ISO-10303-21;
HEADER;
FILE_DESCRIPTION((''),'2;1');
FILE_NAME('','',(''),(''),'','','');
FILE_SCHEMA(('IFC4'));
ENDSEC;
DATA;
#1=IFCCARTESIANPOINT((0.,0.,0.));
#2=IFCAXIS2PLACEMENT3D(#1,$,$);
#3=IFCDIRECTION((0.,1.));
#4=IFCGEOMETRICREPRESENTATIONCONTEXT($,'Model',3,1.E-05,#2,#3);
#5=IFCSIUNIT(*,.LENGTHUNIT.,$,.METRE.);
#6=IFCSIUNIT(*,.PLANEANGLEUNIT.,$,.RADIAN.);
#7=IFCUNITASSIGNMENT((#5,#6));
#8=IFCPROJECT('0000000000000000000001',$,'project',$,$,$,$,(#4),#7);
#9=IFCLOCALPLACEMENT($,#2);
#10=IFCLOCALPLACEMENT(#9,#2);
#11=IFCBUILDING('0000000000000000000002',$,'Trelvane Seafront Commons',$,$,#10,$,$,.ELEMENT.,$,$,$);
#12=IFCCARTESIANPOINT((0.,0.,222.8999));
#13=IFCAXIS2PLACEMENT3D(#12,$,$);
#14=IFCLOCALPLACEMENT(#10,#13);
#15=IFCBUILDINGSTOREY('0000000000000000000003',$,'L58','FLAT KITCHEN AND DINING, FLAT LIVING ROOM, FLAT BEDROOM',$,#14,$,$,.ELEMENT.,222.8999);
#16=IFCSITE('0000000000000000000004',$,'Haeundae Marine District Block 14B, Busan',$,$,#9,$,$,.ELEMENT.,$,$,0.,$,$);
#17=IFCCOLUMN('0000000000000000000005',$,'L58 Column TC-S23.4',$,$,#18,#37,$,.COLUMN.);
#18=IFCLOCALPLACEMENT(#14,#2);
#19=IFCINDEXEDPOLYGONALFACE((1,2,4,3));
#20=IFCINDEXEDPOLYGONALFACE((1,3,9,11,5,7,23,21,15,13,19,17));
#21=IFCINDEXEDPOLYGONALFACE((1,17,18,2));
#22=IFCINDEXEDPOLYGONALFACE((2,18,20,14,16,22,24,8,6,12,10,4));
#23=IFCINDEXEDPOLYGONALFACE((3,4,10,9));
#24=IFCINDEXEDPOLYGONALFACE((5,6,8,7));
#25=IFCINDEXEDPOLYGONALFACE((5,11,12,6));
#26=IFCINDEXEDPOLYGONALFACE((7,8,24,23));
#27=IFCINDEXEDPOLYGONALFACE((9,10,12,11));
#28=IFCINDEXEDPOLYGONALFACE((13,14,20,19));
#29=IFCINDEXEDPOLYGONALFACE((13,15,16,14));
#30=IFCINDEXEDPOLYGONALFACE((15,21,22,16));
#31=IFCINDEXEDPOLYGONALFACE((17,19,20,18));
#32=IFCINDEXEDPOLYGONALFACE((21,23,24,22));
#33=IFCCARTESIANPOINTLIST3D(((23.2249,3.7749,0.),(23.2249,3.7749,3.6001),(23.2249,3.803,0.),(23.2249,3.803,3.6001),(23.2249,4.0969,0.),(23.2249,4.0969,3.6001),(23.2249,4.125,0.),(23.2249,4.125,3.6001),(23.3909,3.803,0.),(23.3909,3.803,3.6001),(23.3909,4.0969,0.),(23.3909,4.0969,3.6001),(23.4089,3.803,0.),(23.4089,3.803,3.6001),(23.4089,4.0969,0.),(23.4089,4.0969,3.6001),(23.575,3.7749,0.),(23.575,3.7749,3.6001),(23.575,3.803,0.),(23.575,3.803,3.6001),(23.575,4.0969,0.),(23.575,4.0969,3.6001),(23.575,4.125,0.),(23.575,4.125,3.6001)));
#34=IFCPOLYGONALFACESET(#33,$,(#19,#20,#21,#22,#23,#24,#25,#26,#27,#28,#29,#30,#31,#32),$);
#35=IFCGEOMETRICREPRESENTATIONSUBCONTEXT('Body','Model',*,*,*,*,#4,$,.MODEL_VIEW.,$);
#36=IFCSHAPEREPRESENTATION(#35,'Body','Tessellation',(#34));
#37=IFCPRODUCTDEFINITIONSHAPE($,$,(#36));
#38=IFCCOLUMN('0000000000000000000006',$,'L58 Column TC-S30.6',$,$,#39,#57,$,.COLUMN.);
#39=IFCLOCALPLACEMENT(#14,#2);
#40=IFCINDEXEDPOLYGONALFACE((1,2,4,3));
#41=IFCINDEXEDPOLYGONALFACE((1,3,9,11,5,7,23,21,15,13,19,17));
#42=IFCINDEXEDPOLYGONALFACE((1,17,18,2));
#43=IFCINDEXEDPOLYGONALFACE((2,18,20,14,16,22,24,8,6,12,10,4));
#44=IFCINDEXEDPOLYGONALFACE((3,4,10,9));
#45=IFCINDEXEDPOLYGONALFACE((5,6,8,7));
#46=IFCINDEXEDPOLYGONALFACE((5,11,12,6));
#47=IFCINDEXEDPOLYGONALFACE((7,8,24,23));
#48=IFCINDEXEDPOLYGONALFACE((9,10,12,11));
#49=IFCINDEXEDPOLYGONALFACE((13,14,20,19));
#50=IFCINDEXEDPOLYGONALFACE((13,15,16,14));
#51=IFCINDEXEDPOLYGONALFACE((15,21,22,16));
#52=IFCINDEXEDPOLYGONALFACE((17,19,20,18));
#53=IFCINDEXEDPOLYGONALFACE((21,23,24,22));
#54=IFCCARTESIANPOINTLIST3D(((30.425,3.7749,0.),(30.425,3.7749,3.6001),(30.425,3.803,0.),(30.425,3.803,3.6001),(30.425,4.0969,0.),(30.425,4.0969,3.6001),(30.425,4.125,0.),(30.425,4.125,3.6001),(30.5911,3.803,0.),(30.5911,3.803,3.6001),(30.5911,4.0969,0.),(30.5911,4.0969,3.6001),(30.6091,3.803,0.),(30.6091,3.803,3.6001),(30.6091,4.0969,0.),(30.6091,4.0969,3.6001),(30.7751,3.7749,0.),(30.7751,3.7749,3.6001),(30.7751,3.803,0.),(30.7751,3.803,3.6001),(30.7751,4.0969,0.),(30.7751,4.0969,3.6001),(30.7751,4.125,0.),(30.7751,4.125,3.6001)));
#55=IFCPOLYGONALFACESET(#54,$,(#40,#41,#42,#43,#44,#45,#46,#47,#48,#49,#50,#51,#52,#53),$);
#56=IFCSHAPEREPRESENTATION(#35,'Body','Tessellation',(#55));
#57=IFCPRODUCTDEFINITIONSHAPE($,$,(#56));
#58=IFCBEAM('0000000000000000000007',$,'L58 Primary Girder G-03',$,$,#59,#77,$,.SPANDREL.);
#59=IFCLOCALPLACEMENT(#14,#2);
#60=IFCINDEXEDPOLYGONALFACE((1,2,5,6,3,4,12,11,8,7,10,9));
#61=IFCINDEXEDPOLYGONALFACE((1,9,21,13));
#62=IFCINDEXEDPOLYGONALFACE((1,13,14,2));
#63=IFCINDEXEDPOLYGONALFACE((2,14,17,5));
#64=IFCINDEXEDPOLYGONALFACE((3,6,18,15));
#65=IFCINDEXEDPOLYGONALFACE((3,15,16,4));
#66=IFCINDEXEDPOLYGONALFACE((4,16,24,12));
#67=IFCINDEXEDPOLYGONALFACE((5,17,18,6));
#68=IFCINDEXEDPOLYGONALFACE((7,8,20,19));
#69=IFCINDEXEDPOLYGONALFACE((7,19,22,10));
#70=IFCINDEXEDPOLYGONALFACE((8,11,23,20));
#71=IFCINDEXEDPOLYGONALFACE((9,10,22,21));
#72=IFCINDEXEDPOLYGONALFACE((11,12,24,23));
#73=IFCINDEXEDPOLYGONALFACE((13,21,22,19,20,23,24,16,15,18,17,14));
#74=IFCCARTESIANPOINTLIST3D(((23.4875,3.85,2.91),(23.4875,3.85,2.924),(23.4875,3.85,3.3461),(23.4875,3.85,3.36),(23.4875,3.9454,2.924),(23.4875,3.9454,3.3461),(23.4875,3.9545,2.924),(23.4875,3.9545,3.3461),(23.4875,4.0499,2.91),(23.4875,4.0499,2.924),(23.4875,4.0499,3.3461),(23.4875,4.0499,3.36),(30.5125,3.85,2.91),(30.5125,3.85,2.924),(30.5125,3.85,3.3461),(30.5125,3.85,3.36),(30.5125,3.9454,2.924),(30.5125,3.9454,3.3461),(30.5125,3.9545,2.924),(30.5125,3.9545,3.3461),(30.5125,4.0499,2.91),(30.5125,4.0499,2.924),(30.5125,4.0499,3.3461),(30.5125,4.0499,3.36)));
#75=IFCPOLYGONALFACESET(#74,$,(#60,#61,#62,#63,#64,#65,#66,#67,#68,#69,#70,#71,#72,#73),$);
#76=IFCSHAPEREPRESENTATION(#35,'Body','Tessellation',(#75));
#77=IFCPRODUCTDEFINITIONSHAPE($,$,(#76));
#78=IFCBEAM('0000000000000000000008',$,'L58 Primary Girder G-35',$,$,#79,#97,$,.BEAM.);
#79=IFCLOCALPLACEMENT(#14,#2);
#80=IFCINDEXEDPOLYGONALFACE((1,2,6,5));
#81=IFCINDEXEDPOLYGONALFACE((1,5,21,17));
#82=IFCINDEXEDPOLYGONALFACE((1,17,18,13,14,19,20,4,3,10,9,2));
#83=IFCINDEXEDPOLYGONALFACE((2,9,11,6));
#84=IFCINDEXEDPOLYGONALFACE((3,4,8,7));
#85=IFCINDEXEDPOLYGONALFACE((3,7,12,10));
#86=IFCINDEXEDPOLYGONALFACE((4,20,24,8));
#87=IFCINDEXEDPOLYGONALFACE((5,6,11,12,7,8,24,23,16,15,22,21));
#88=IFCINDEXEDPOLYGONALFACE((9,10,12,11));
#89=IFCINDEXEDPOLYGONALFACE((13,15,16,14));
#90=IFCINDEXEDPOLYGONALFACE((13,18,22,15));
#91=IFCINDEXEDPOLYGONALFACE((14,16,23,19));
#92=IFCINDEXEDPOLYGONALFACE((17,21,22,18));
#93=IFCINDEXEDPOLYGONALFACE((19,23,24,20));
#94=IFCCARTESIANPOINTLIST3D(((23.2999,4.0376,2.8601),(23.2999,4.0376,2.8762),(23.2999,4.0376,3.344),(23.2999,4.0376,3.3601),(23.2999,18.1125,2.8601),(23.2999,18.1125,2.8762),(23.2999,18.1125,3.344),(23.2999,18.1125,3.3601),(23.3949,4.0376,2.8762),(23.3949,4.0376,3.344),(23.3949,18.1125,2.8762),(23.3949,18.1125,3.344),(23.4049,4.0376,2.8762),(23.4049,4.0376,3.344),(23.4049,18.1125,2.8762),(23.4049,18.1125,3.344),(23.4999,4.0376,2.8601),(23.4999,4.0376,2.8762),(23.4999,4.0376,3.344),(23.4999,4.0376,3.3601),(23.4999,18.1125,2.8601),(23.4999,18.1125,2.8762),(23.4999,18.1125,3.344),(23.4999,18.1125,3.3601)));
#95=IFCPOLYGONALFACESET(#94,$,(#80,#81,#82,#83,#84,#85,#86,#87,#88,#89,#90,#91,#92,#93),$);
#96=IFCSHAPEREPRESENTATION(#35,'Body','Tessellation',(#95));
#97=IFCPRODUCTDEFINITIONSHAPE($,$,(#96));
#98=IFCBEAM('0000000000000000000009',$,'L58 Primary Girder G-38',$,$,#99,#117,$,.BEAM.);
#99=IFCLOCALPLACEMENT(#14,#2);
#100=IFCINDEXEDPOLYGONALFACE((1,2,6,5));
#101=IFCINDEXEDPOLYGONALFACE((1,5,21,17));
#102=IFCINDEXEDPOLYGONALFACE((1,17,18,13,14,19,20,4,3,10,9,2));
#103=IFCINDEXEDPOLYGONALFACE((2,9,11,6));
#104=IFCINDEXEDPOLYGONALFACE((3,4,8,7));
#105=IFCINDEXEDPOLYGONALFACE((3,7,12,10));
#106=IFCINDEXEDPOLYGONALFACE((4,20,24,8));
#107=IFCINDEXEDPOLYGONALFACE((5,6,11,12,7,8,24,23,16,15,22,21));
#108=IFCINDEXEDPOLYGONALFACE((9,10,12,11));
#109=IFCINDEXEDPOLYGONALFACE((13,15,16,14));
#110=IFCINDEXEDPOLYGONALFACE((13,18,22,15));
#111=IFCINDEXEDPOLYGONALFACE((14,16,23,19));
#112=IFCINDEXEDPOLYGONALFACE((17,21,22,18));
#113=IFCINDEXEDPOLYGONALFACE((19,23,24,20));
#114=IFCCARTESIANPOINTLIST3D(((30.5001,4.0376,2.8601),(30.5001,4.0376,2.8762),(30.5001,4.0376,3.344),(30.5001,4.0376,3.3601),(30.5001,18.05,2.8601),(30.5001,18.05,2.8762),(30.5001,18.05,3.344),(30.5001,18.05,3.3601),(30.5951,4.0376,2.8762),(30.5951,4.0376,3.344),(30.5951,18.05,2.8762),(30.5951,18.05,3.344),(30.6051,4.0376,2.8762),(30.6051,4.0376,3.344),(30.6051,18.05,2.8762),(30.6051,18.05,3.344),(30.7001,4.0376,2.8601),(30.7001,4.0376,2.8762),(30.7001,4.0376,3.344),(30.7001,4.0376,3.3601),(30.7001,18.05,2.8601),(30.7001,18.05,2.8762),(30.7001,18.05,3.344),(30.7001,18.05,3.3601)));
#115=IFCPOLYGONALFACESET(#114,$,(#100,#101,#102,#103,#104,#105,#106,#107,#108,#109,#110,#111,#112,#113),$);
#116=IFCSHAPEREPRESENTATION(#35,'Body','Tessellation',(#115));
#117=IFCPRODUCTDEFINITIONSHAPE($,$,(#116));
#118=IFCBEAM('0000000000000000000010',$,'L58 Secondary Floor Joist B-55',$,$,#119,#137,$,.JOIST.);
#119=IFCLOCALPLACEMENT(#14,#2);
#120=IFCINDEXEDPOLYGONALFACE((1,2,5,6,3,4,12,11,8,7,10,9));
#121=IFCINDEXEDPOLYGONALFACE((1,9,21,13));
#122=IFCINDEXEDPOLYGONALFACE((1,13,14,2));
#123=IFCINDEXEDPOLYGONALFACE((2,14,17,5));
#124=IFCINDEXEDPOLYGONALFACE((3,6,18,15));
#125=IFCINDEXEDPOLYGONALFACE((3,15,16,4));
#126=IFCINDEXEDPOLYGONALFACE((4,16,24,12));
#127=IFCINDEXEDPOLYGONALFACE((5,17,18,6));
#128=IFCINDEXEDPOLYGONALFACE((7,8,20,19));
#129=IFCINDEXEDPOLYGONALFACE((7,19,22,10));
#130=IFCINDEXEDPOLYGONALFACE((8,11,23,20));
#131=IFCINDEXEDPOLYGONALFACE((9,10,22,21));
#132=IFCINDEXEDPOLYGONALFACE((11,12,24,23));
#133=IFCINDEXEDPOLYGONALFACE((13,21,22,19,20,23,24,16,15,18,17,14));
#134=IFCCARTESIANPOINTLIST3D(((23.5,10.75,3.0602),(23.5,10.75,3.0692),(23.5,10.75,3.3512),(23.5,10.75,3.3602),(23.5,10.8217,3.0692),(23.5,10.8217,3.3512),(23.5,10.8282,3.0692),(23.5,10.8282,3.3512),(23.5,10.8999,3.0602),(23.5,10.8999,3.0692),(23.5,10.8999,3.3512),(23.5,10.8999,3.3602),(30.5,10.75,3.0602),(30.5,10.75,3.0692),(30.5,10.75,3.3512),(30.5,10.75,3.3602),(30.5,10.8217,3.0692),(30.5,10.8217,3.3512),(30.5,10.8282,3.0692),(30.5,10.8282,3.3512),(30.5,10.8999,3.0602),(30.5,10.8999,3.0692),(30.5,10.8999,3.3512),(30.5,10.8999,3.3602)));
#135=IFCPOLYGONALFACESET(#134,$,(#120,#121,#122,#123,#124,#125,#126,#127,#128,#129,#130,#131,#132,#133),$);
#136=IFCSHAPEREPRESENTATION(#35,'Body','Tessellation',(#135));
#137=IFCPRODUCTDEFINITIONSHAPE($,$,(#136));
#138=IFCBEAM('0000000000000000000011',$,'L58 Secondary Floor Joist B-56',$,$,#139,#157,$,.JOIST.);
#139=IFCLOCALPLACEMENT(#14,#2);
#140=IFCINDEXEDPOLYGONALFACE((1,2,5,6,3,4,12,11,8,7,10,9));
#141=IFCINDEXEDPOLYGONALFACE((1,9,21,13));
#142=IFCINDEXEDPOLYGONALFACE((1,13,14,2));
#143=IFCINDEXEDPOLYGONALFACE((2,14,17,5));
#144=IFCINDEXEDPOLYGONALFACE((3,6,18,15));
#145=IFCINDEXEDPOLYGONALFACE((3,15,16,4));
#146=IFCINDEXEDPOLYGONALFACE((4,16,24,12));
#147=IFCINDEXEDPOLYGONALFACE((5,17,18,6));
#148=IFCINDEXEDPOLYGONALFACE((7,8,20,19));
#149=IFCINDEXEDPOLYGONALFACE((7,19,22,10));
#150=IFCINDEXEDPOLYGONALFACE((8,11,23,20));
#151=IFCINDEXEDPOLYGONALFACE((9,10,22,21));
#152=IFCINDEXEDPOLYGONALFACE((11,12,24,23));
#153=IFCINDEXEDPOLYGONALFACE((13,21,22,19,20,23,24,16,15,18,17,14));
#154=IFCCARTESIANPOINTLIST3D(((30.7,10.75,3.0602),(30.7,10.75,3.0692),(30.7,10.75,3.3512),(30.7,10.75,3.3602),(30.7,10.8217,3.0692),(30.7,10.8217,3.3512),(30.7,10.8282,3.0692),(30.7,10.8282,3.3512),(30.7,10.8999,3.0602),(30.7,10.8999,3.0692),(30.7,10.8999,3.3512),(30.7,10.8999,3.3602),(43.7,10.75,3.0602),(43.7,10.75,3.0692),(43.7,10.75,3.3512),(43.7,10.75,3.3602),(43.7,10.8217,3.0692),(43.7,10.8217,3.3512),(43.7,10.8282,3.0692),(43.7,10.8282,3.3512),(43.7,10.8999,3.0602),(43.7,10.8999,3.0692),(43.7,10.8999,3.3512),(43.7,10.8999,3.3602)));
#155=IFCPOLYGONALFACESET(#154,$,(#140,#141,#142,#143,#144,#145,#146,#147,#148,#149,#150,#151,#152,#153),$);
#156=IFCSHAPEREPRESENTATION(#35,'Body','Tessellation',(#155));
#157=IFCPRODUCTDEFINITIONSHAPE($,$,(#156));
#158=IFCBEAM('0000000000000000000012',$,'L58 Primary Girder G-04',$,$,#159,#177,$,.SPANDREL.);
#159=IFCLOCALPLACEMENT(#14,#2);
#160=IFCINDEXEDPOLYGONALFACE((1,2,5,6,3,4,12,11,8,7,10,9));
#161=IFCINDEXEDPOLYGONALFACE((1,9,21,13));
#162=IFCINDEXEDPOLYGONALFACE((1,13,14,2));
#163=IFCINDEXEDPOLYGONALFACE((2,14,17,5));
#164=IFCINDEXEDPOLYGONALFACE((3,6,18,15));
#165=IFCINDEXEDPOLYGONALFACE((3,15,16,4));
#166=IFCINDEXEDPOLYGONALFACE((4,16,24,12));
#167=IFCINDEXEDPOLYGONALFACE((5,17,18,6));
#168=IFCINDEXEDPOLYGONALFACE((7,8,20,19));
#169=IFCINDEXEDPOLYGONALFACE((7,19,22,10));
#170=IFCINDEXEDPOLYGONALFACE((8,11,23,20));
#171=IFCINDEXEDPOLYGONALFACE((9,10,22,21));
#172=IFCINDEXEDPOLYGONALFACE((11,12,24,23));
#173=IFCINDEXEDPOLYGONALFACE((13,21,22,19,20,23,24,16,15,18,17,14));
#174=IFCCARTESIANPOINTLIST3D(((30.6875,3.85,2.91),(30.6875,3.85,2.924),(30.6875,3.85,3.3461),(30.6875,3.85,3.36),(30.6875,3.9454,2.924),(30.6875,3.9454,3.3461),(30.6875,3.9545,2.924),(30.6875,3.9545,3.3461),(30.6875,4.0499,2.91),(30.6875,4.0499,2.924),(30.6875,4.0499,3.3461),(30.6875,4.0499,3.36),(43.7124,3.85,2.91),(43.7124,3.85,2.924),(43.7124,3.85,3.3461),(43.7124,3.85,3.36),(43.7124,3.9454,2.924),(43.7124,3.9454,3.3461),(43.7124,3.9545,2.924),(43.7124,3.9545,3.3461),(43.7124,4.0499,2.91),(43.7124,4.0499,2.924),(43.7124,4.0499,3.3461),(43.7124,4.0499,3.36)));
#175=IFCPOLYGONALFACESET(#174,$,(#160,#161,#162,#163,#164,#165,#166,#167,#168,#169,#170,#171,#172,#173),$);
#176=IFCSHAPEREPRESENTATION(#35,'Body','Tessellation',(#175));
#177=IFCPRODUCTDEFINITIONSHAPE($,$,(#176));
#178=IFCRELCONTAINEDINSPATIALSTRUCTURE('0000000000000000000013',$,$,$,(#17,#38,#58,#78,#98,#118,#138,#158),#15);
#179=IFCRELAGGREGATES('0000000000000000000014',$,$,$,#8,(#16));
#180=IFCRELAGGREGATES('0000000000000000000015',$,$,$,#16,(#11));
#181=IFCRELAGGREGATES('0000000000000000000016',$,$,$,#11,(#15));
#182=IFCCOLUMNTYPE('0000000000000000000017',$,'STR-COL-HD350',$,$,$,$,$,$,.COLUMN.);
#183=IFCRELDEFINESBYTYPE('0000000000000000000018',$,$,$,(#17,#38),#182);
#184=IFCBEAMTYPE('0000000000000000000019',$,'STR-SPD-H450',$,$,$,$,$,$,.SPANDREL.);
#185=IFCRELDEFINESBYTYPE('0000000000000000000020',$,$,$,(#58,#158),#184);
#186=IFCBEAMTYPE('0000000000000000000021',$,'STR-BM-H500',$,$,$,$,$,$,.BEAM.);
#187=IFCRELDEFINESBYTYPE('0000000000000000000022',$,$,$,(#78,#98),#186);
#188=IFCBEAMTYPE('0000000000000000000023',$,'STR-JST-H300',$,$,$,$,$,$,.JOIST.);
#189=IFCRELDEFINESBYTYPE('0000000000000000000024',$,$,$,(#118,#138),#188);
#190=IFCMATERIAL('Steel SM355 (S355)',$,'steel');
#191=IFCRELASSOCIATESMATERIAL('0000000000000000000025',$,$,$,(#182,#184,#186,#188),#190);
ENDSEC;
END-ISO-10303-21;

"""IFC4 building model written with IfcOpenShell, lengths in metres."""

from ifc_helpers import new_model, si_unit, direction, frame, origin, origin_2d, place, context, subcontext, project, spatial, i_section, extrude, source, transform, mapped, material, material_profile, profile_set, type_object, element, save


model = new_model("IFC4")

# Units and contexts
model_context = context("Model", 3, precision=1e-05, world=origin(), true_north=direction((0.0, 1.0)))
body_context = subcontext(model_context, "Body", "Model", "MODEL_VIEW")
ifc_project = project(units=[si_unit("LENGTHUNIT", "METRE"), si_unit("PLANEANGLEUNIT", "RADIAN")], contexts=[model_context])

# Site, building, storey
site_placement = place(None, origin())
site = spatial("IfcSite", under=ifc_project, at=site_placement, Name="Haeundae Marine District Block 14B, Busan", CompositionType="ELEMENT", RefElevation=0.0)
building_placement = place(site_placement, origin())
building = spatial("IfcBuilding", under=site, at=building_placement, Name="Trelvane Seafront Commons", CompositionType="ELEMENT")
storey_placement = place(building_placement, frame((0.0, 0.0, 222.8999)))
storey = spatial("IfcBuildingStorey", under=building, at=storey_placement, Name="L58", Description="FLAT KITCHEN AND DINING, FLAT LIVING ROOM, FLAT BEDROOM", CompositionType="ELEMENT", Elevation=222.8999)

# Columns
ifc_material_1 = material(Name="Steel SM355 (S355)", Category="steel")
ifc_material_profile_1 = material_profile(ifc_material_1, i_section(OverallWidth=0.3501, OverallDepth=0.3501, WebThickness=0.0181, FlangeThickness=0.0281, at=origin_2d()), Name="HD-350x350x18x28")
ifc_profile_set_1 = profile_set([ifc_material_profile_1], Name="Steel SM355 (S355)")
column_type = type_object("IfcColumnType", Name="STR-COL-HD350", PredefinedType="COLUMN", material=ifc_profile_set_1)
shared_shape_1 = source(origin(), body_context, "Body", "SweptSolid", [
    extrude(i_section(OverallWidth=0.3501, OverallDepth=0.3501, WebThickness=0.0181, FlangeThickness=0.0281, at=origin_2d()), origin(), (0.0, 0.0, 1.0), 3.6001),
])
for number, where, z_axis, x_axis, name in (
    (1, (23.3999, 3.95, 0.0), (0.0, 0.0, 1.0), (1.0, 0.0, 0.0), "L58 Column TC-S23.4"),
    (2, (30.6001, 3.95, 0.0), (0.0, 0.0, 1.0), (1.0, 0.0, 0.0), "L58 Column TC-S30.6"),
):
    element("IfcColumn", number, at=place(storey_placement, frame(where, z_axis=z_axis, x_axis=x_axis)), inside=storey, type_object=column_type, Name=name, PredefinedType="COLUMN", context=body_context, shape_type="MappedRepresentation", body=[
        mapped(shared_shape_1, transform((0.0, 0.0, 0.0), x_axis=(1.0, 0.0, 0.0), y_axis=(0.0, 1.0, 0.0), z_axis=(0.0, 0.0, 1.0), scale=1.0)),
    ])

# Beams
ifc_material_profile_2 = material_profile(ifc_material_1, i_section(OverallWidth=0.2, OverallDepth=0.45, WebThickness=0.009, FlangeThickness=0.0139, at=origin_2d()), Name="H-450x200x9x14")
ifc_profile_set_2 = profile_set([ifc_material_profile_2], Name="Steel SM355 (S355)")
beam_type_1 = type_object("IfcBeamType", Name="STR-SPD-H450", PredefinedType="SPANDREL", material=ifc_profile_set_2)
shared_shape_2 = source(origin(), body_context, "Body", "SweptSolid", [
    extrude(i_section(OverallWidth=0.2, OverallDepth=0.45, WebThickness=0.009, FlangeThickness=0.0139, at=origin_2d()), origin(), (0.0, 0.0, 1.0), 7.0249),
])
beam_1_placement = place(storey_placement, frame((23.4875, 3.95, 3.135), z_axis=(1.0, 0.0, 0.0), x_axis=(0.0, 1.0, 0.0)))
element("IfcBeam", 3, at=beam_1_placement, inside=storey, type_object=beam_type_1, Name="L58 Primary Girder G-03", PredefinedType="SPANDREL", context=body_context, shape_type="MappedRepresentation", body=[
    mapped(shared_shape_2, transform((0.0, 0.0, 0.0), x_axis=(1.0, 0.0, 0.0), y_axis=(0.0, 1.0, 0.0), z_axis=(0.0, 0.0, 1.0), scale=1.0)),
])
ifc_material_profile_3 = material_profile(ifc_material_1, i_section(OverallWidth=0.2, OverallDepth=0.5, WebThickness=0.01, FlangeThickness=0.0161, at=origin_2d()), Name="H-500x200x10x16")
ifc_profile_set_3 = profile_set([ifc_material_profile_3], Name="Steel SM355 (S355)")
beam_type_2 = type_object("IfcBeamType", Name="STR-BM-H500", PredefinedType="BEAM", material=ifc_profile_set_3)
shared_shape_3 = source(origin(), body_context, "Body", "SweptSolid", [
    extrude(i_section(OverallWidth=0.2, OverallDepth=0.5, WebThickness=0.01, FlangeThickness=0.0161, at=origin_2d()), origin(), (0.0, 0.0, 1.0), 14.075),
])
beam_2_placement = place(storey_placement, frame((23.3999, 4.0376, 3.1101), z_axis=(0.0, 1.0, 0.0), x_axis=(-1.0, 0.0, 0.0)))
element("IfcBeam", 4, at=beam_2_placement, inside=storey, type_object=beam_type_2, Name="L58 Primary Girder G-35", PredefinedType="BEAM", context=body_context, shape_type="MappedRepresentation", body=[
    mapped(shared_shape_3, transform((0.0, 0.0, 0.0), x_axis=(1.0, 0.0, 0.0), y_axis=(0.0, 1.0, 0.0), z_axis=(0.0, 0.0, 1.0), scale=1.0)),
])
shared_shape_4 = source(origin(), body_context, "Body", "SweptSolid", [
    extrude(i_section(OverallWidth=0.2, OverallDepth=0.5, WebThickness=0.01, FlangeThickness=0.0161, at=origin_2d()), origin(), (0.0, 0.0, 1.0), 14.0125),
])
beam_3_placement = place(storey_placement, frame((30.6001, 4.0376, 3.1101), z_axis=(0.0, 1.0, 0.0), x_axis=(-1.0, 0.0, 0.0)))
element("IfcBeam", 5, at=beam_3_placement, inside=storey, type_object=beam_type_2, Name="L58 Primary Girder G-38", PredefinedType="BEAM", context=body_context, shape_type="MappedRepresentation", body=[
    mapped(shared_shape_4, transform((0.0, 0.0, 0.0), x_axis=(1.0, 0.0, 0.0), y_axis=(0.0, 1.0, 0.0), z_axis=(0.0, 0.0, 1.0), scale=1.0)),
])
ifc_material_profile_4 = material_profile(ifc_material_1, i_section(OverallWidth=0.1499, OverallDepth=0.3, WebThickness=0.0066, FlangeThickness=0.009, at=origin_2d()), Name="H-300x150x6.5x9")
ifc_profile_set_4 = profile_set([ifc_material_profile_4], Name="Steel SM355 (S355)")
beam_type_3 = type_object("IfcBeamType", Name="STR-JST-H300", PredefinedType="JOIST", material=ifc_profile_set_4)
shared_shape_5 = source(origin(), body_context, "Body", "SweptSolid", [
    extrude(i_section(OverallWidth=0.1499, OverallDepth=0.3, WebThickness=0.0066, FlangeThickness=0.009, at=origin_2d()), origin(), (0.0, 0.0, 1.0), 7.0),
])
beam_4_placement = place(storey_placement, frame((23.5, 10.825, 3.2102), z_axis=(1.0, 0.0, 0.0), x_axis=(0.0, 1.0, 0.0)))
element("IfcBeam", 6, at=beam_4_placement, inside=storey, type_object=beam_type_3, Name="L58 Secondary Floor Joist B-55", PredefinedType="JOIST", context=body_context, shape_type="MappedRepresentation", body=[
    mapped(shared_shape_5, transform((0.0, 0.0, 0.0), x_axis=(1.0, 0.0, 0.0), y_axis=(0.0, 1.0, 0.0), z_axis=(0.0, 0.0, 1.0), scale=1.0)),
])
shared_shape_6 = source(origin(), body_context, "Body", "SweptSolid", [
    extrude(i_section(OverallWidth=0.1499, OverallDepth=0.3, WebThickness=0.0066, FlangeThickness=0.009, at=origin_2d()), origin(), (0.0, 0.0, 1.0), 13.0),
])
beam_5_placement = place(storey_placement, frame((30.7, 10.825, 3.2102), z_axis=(1.0, 0.0, 0.0), x_axis=(0.0, 1.0, 0.0)))
element("IfcBeam", 7, at=beam_5_placement, inside=storey, type_object=beam_type_3, Name="L58 Secondary Floor Joist B-56", PredefinedType="JOIST", context=body_context, shape_type="MappedRepresentation", body=[
    mapped(shared_shape_6, transform((0.0, 0.0, 0.0), x_axis=(1.0, 0.0, 0.0), y_axis=(0.0, 1.0, 0.0), z_axis=(0.0, 0.0, 1.0), scale=1.0)),
])
shared_shape_7 = source(origin(), body_context, "Body", "SweptSolid", [
    extrude(i_section(OverallWidth=0.2, OverallDepth=0.45, WebThickness=0.009, FlangeThickness=0.0139, at=origin_2d()), origin(), (0.0, 0.0, 1.0), 13.0249),
])
beam_6_placement = place(storey_placement, frame((30.6875, 3.95, 3.135), z_axis=(1.0, 0.0, 0.0), x_axis=(0.0, 1.0, 0.0)))
element("IfcBeam", 8, at=beam_6_placement, inside=storey, type_object=beam_type_1, Name="L58 Primary Girder G-04", PredefinedType="SPANDREL", context=body_context, shape_type="MappedRepresentation", body=[
    mapped(shared_shape_7, transform((0.0, 0.0, 0.0), x_axis=(1.0, 0.0, 0.0), y_axis=(0.0, 1.0, 0.0), z_axis=(0.0, 0.0, 1.0), scale=1.0)),
])

save(model, "model.ifc")
